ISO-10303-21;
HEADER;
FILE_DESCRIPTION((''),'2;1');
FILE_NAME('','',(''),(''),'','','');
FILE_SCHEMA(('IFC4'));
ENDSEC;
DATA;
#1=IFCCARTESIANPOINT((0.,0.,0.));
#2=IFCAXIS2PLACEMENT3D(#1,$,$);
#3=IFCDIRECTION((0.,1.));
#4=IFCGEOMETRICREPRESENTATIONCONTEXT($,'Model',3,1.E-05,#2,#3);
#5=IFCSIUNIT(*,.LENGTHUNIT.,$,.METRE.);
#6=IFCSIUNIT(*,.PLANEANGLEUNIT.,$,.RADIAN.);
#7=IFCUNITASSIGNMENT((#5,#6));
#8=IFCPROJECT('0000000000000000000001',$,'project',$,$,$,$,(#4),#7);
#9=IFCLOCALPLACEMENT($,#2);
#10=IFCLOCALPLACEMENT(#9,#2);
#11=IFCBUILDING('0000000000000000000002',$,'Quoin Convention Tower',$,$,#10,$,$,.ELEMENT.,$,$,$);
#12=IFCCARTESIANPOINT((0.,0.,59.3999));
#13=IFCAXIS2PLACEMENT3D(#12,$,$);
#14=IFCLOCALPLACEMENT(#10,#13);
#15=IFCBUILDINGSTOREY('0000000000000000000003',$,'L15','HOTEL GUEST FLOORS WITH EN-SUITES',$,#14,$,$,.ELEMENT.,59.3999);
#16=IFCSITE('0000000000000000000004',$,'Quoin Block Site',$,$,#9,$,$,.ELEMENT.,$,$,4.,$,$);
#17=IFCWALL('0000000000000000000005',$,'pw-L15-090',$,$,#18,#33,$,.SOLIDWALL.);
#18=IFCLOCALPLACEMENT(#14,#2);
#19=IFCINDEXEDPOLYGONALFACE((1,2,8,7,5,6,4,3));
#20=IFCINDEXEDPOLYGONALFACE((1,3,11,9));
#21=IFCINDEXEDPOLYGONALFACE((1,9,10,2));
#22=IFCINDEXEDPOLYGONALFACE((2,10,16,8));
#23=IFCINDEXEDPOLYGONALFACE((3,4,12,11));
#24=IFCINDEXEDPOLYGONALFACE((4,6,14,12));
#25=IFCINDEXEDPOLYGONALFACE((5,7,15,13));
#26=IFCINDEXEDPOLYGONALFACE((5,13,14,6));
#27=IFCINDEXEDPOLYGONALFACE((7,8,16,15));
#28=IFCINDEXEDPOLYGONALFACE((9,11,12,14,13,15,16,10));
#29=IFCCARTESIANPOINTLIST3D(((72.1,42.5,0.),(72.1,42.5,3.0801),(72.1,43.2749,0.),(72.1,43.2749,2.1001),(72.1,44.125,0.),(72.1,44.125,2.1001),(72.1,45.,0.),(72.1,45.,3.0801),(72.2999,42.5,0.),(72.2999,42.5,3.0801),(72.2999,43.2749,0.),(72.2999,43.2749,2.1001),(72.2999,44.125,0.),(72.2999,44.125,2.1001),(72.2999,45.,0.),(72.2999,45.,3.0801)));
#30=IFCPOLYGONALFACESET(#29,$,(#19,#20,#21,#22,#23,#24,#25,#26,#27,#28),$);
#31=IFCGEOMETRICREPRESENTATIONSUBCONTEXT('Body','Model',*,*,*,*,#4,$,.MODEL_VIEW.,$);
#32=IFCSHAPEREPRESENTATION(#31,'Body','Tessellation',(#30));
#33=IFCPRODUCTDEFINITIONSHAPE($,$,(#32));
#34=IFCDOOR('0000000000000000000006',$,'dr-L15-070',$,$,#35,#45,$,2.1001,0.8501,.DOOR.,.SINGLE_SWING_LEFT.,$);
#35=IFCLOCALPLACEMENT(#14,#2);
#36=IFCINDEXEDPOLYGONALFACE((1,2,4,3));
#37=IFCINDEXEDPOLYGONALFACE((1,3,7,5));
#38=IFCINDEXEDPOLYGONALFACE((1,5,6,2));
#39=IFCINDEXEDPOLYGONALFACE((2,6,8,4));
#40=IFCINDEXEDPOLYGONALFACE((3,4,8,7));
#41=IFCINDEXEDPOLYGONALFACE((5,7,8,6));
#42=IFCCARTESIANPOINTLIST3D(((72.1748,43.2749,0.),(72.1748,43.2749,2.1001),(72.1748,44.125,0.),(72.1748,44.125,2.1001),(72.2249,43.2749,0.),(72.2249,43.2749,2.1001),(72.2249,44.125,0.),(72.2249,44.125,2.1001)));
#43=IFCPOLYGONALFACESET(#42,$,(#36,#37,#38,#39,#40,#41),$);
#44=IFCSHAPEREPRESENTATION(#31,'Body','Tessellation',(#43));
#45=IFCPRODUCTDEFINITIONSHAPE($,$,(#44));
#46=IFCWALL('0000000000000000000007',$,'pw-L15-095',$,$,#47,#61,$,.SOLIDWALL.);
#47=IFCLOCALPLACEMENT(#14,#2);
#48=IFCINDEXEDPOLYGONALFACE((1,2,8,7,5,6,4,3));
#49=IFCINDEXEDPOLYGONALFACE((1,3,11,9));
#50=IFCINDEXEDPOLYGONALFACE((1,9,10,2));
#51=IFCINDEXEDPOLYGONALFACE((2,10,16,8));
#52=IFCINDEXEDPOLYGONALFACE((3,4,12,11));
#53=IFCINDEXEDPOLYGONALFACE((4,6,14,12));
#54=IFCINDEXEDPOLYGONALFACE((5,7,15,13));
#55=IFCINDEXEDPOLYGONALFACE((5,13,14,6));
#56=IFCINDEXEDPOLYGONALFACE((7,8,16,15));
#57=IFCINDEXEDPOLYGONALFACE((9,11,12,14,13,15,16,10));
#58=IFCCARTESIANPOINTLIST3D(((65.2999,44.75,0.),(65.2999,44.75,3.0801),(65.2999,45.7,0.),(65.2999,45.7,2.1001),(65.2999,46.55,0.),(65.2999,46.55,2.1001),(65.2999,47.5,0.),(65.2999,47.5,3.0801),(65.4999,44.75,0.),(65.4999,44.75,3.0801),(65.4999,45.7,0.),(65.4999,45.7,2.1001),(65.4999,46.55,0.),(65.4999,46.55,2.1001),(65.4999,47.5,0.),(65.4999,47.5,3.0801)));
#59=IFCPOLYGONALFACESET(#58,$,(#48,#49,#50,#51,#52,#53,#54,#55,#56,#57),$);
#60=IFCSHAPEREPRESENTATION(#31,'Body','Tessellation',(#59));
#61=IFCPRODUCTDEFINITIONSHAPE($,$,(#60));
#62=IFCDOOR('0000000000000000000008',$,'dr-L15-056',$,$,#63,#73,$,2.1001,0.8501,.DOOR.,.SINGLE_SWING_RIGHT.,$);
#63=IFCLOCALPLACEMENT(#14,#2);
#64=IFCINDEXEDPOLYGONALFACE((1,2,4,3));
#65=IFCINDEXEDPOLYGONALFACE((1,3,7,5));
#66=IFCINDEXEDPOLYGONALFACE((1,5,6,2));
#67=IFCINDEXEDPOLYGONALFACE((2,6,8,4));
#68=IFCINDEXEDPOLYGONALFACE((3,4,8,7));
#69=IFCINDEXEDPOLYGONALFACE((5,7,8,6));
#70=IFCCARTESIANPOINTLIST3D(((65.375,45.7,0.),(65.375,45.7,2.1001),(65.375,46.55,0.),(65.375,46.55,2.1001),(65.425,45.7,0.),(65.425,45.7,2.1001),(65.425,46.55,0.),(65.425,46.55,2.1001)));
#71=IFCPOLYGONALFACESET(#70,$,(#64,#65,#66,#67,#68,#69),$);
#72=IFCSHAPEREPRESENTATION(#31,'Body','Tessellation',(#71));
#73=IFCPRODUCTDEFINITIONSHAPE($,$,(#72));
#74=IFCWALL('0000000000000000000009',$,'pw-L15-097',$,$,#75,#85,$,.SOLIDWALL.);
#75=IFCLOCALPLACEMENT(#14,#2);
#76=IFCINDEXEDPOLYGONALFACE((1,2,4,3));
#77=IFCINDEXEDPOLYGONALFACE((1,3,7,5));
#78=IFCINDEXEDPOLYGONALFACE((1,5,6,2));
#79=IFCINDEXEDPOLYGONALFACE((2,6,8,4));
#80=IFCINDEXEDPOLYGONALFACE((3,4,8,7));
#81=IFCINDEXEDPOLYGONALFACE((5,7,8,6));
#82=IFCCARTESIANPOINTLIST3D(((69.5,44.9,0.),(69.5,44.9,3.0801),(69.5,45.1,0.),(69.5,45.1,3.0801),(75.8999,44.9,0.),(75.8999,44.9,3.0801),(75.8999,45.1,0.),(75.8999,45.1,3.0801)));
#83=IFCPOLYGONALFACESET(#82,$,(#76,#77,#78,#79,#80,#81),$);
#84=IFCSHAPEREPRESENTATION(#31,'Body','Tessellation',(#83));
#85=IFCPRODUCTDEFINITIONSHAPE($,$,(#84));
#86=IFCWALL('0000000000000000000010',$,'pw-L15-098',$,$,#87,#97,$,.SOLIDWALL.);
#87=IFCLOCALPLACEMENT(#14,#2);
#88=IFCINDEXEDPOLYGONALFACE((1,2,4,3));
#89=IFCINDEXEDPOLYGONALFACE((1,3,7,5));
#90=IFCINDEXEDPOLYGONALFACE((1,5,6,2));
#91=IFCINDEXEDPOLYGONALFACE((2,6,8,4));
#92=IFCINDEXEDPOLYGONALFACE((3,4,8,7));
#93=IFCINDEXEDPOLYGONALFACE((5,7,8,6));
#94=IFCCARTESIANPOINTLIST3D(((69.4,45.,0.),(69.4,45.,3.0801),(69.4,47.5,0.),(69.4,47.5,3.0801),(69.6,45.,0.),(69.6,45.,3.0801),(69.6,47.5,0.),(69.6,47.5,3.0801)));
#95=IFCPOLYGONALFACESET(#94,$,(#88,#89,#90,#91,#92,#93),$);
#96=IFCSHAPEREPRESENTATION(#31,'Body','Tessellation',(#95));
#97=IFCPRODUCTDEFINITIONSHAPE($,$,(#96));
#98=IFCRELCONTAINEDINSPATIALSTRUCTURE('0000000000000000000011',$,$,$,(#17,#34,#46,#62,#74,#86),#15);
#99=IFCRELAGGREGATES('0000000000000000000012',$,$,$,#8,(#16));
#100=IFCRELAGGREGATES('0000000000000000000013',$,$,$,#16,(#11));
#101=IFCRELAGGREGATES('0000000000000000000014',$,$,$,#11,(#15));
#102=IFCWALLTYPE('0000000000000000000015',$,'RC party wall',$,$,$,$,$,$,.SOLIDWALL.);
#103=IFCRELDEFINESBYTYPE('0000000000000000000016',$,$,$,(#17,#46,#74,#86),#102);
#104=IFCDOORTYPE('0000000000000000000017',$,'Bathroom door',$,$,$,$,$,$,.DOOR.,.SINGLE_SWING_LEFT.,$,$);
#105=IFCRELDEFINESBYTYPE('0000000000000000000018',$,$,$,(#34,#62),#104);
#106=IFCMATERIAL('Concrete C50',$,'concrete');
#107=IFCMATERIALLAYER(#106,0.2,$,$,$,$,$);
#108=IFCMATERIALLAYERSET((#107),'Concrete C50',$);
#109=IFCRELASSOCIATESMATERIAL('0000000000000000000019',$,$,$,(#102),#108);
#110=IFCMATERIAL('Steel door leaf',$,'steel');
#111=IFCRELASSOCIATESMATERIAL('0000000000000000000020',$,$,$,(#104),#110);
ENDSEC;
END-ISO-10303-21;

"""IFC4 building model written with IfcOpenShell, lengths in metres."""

from ifc_helpers import new_model, si_unit, direction, frame, frame_2d, origin, place, context, subcontext, project, spatial, rectangle, extrude, material, layer, layer_set, type_object, element, fill, save


model = new_model("IFC4")

# Units and contexts
model_context = context("Model", 3, precision=1e-05, world=origin(), true_north=direction((0.0, 1.0)))
body_context = subcontext(model_context, "Body", "Model", "MODEL_VIEW")
ifc_project = project(units=[si_unit("LENGTHUNIT", "METRE"), si_unit("PLANEANGLEUNIT", "RADIAN")], contexts=[model_context])

# Site, building, storey
site_placement = place(None, origin())
site = spatial("IfcSite", under=ifc_project, at=site_placement, Name="Quoin Block Site", CompositionType="ELEMENT", RefElevation=4.0)
building_placement = place(site_placement, origin())
building = spatial("IfcBuilding", under=site, at=building_placement, Name="Quoin Convention Tower", CompositionType="ELEMENT")
storey_placement = place(building_placement, frame((0.0, 0.0, 59.3999)))
storey = spatial("IfcBuildingStorey", under=building, at=storey_placement, Name="L15", Description="HOTEL GUEST FLOORS WITH EN-SUITES", CompositionType="ELEMENT", Elevation=59.3999)

# Shared definitions
ifc_material_1 = material(Name="Concrete C50", Category="concrete")
ifc_layer_1 = layer(ifc_material_1, 0.2)
ifc_layer_set_1 = layer_set([ifc_layer_1], Name="Concrete C50")
wall_type_1 = type_object("IfcWallType", Name="RC party wall", PredefinedType="SOLIDWALL", material=ifc_layer_set_1)

# Walls, openings, doors
wall_1_placement = place(storey_placement, frame((72.2, 42.5, 0.0), z_axis=(0.0, 0.0, 1.0), x_axis=(0.0, 1.0, 0.0)))
wall_1 = element("IfcWall", 1, at=wall_1_placement, inside=storey, type_object=wall_type_1, Name="pw-L15-090", PredefinedType="SOLIDWALL", context=body_context, shape_type="SweptSolid", body=[
    extrude(rectangle(XDim=2.5, YDim=0.2, at=frame_2d((1.25, 0.0))), origin(), (0.0, 0.0, 1.0), 3.0801),
])
opening_1_placement = place(wall_1_placement, frame((0.7749, 0.0, 0.0)))
opening_1 = element("IfcOpeningElement", 2, at=opening_1_placement, cuts=wall_1, PredefinedType="OPENING", context=body_context, shape_type="SweptSolid", body=[
    extrude(rectangle(XDim=0.8501, YDim=2.1001, at=frame_2d((0.425, 1.05))), frame((0.0, 0.1099, 0.0), z_axis=(0.0, -1.0, 0.0), x_axis=(1.0, 0.0, 0.0)), (0.0, 0.0, 1.0), 0.22),
])
ifc_material_2 = material(Name="Steel door leaf", Category="steel")
door_type = type_object("IfcDoorType", Name="Bathroom door", OperationType="SINGLE_SWING_LEFT", PredefinedType="DOOR", material=ifc_material_2)
door_1_placement = place(opening_1_placement, frame((0.8501, 0.0, 0.0), z_axis=(0.0, 0.0, 1.0), x_axis=(-1.0, 0.0, 0.0)))
door_1 = element("IfcDoor", 3, at=door_1_placement, inside=storey, type_object=door_type, Name="dr-L15-070", OperationType="SINGLE_SWING_LEFT", OverallHeight=2.1001, OverallWidth=0.8501, PredefinedType="DOOR", context=body_context, shape_type="SweptSolid", body=[
    extrude(rectangle(XDim=0.8501, YDim=2.1001, at=frame_2d((0.425, 1.05))), frame((0.0, 0.0249, 0.0), z_axis=(0.0, -1.0, 0.0), x_axis=(1.0, 0.0, 0.0)), (0.0, 0.0, 1.0), 0.05),
])
fill(opening_1, door_1)
wall_2_placement = place(storey_placement, frame((65.3999, 44.75, 0.0), z_axis=(0.0, 0.0, 1.0), x_axis=(0.0, 1.0, 0.0)))
wall_2 = element("IfcWall", 4, at=wall_2_placement, inside=storey, type_object=wall_type_1, Name="pw-L15-095", PredefinedType="SOLIDWALL", context=body_context, shape_type="SweptSolid", body=[
    extrude(rectangle(XDim=2.75, YDim=0.2, at=frame_2d((1.375, 0.0))), origin(), (0.0, 0.0, 1.0), 3.0801),
])
opening_2_placement = place(wall_2_placement, frame((0.95, 0.0, 0.0)))
opening_2 = element("IfcOpeningElement", 5, at=opening_2_placement, cuts=wall_2, PredefinedType="OPENING", context=body_context, shape_type="SweptSolid", body=[
    extrude(rectangle(XDim=0.8501, YDim=2.1001, at=frame_2d((0.425, 1.05))), frame((0.0, 0.1099, 0.0), z_axis=(0.0, -1.0, 0.0), x_axis=(1.0, 0.0, 0.0)), (0.0, 0.0, 1.0), 0.22),
])
door_2_placement = place(opening_2_placement, origin())
door_2 = element("IfcDoor", 6, at=door_2_placement, inside=storey, type_object=door_type, Name="dr-L15-056", OperationType="SINGLE_SWING_RIGHT", OverallHeight=2.1001, OverallWidth=0.8501, PredefinedType="DOOR", context=body_context, shape_type="SweptSolid", body=[
    extrude(rectangle(XDim=0.8501, YDim=2.1001, at=frame_2d((0.425, 1.05))), frame((0.0, 0.0249, 0.0), z_axis=(0.0, -1.0, 0.0), x_axis=(1.0, 0.0, 0.0)), (0.0, 0.0, 1.0), 0.05),
])
fill(opening_2, door_2)

# Walls
wall_3_placement = place(storey_placement, frame((69.5, 45.0, 0.0), z_axis=(0.0, 0.0, 1.0), x_axis=(1.0, 0.0, 0.0)))
element("IfcWall", 7, at=wall_3_placement, inside=storey, type_object=wall_type_1, Name="pw-L15-097", PredefinedType="SOLIDWALL", context=body_context, shape_type="SweptSolid", body=[
    extrude(rectangle(XDim=6.3999, YDim=0.2, at=frame_2d((3.2, 0.0))), origin(), (0.0, 0.0, 1.0), 3.0801),
])
wall_4_placement = place(storey_placement, frame((69.5, 45.0, 0.0), z_axis=(0.0, 0.0, 1.0), x_axis=(0.0, 1.0, 0.0)))
element("IfcWall", 8, at=wall_4_placement, inside=storey, type_object=wall_type_1, Name="pw-L15-098", PredefinedType="SOLIDWALL", context=body_context, shape_type="SweptSolid", body=[
    extrude(rectangle(XDim=2.5, YDim=0.2, at=frame_2d((1.25, 0.0))), origin(), (0.0, 0.0, 1.0), 3.0801),
])

save(model, "model.ifc")
